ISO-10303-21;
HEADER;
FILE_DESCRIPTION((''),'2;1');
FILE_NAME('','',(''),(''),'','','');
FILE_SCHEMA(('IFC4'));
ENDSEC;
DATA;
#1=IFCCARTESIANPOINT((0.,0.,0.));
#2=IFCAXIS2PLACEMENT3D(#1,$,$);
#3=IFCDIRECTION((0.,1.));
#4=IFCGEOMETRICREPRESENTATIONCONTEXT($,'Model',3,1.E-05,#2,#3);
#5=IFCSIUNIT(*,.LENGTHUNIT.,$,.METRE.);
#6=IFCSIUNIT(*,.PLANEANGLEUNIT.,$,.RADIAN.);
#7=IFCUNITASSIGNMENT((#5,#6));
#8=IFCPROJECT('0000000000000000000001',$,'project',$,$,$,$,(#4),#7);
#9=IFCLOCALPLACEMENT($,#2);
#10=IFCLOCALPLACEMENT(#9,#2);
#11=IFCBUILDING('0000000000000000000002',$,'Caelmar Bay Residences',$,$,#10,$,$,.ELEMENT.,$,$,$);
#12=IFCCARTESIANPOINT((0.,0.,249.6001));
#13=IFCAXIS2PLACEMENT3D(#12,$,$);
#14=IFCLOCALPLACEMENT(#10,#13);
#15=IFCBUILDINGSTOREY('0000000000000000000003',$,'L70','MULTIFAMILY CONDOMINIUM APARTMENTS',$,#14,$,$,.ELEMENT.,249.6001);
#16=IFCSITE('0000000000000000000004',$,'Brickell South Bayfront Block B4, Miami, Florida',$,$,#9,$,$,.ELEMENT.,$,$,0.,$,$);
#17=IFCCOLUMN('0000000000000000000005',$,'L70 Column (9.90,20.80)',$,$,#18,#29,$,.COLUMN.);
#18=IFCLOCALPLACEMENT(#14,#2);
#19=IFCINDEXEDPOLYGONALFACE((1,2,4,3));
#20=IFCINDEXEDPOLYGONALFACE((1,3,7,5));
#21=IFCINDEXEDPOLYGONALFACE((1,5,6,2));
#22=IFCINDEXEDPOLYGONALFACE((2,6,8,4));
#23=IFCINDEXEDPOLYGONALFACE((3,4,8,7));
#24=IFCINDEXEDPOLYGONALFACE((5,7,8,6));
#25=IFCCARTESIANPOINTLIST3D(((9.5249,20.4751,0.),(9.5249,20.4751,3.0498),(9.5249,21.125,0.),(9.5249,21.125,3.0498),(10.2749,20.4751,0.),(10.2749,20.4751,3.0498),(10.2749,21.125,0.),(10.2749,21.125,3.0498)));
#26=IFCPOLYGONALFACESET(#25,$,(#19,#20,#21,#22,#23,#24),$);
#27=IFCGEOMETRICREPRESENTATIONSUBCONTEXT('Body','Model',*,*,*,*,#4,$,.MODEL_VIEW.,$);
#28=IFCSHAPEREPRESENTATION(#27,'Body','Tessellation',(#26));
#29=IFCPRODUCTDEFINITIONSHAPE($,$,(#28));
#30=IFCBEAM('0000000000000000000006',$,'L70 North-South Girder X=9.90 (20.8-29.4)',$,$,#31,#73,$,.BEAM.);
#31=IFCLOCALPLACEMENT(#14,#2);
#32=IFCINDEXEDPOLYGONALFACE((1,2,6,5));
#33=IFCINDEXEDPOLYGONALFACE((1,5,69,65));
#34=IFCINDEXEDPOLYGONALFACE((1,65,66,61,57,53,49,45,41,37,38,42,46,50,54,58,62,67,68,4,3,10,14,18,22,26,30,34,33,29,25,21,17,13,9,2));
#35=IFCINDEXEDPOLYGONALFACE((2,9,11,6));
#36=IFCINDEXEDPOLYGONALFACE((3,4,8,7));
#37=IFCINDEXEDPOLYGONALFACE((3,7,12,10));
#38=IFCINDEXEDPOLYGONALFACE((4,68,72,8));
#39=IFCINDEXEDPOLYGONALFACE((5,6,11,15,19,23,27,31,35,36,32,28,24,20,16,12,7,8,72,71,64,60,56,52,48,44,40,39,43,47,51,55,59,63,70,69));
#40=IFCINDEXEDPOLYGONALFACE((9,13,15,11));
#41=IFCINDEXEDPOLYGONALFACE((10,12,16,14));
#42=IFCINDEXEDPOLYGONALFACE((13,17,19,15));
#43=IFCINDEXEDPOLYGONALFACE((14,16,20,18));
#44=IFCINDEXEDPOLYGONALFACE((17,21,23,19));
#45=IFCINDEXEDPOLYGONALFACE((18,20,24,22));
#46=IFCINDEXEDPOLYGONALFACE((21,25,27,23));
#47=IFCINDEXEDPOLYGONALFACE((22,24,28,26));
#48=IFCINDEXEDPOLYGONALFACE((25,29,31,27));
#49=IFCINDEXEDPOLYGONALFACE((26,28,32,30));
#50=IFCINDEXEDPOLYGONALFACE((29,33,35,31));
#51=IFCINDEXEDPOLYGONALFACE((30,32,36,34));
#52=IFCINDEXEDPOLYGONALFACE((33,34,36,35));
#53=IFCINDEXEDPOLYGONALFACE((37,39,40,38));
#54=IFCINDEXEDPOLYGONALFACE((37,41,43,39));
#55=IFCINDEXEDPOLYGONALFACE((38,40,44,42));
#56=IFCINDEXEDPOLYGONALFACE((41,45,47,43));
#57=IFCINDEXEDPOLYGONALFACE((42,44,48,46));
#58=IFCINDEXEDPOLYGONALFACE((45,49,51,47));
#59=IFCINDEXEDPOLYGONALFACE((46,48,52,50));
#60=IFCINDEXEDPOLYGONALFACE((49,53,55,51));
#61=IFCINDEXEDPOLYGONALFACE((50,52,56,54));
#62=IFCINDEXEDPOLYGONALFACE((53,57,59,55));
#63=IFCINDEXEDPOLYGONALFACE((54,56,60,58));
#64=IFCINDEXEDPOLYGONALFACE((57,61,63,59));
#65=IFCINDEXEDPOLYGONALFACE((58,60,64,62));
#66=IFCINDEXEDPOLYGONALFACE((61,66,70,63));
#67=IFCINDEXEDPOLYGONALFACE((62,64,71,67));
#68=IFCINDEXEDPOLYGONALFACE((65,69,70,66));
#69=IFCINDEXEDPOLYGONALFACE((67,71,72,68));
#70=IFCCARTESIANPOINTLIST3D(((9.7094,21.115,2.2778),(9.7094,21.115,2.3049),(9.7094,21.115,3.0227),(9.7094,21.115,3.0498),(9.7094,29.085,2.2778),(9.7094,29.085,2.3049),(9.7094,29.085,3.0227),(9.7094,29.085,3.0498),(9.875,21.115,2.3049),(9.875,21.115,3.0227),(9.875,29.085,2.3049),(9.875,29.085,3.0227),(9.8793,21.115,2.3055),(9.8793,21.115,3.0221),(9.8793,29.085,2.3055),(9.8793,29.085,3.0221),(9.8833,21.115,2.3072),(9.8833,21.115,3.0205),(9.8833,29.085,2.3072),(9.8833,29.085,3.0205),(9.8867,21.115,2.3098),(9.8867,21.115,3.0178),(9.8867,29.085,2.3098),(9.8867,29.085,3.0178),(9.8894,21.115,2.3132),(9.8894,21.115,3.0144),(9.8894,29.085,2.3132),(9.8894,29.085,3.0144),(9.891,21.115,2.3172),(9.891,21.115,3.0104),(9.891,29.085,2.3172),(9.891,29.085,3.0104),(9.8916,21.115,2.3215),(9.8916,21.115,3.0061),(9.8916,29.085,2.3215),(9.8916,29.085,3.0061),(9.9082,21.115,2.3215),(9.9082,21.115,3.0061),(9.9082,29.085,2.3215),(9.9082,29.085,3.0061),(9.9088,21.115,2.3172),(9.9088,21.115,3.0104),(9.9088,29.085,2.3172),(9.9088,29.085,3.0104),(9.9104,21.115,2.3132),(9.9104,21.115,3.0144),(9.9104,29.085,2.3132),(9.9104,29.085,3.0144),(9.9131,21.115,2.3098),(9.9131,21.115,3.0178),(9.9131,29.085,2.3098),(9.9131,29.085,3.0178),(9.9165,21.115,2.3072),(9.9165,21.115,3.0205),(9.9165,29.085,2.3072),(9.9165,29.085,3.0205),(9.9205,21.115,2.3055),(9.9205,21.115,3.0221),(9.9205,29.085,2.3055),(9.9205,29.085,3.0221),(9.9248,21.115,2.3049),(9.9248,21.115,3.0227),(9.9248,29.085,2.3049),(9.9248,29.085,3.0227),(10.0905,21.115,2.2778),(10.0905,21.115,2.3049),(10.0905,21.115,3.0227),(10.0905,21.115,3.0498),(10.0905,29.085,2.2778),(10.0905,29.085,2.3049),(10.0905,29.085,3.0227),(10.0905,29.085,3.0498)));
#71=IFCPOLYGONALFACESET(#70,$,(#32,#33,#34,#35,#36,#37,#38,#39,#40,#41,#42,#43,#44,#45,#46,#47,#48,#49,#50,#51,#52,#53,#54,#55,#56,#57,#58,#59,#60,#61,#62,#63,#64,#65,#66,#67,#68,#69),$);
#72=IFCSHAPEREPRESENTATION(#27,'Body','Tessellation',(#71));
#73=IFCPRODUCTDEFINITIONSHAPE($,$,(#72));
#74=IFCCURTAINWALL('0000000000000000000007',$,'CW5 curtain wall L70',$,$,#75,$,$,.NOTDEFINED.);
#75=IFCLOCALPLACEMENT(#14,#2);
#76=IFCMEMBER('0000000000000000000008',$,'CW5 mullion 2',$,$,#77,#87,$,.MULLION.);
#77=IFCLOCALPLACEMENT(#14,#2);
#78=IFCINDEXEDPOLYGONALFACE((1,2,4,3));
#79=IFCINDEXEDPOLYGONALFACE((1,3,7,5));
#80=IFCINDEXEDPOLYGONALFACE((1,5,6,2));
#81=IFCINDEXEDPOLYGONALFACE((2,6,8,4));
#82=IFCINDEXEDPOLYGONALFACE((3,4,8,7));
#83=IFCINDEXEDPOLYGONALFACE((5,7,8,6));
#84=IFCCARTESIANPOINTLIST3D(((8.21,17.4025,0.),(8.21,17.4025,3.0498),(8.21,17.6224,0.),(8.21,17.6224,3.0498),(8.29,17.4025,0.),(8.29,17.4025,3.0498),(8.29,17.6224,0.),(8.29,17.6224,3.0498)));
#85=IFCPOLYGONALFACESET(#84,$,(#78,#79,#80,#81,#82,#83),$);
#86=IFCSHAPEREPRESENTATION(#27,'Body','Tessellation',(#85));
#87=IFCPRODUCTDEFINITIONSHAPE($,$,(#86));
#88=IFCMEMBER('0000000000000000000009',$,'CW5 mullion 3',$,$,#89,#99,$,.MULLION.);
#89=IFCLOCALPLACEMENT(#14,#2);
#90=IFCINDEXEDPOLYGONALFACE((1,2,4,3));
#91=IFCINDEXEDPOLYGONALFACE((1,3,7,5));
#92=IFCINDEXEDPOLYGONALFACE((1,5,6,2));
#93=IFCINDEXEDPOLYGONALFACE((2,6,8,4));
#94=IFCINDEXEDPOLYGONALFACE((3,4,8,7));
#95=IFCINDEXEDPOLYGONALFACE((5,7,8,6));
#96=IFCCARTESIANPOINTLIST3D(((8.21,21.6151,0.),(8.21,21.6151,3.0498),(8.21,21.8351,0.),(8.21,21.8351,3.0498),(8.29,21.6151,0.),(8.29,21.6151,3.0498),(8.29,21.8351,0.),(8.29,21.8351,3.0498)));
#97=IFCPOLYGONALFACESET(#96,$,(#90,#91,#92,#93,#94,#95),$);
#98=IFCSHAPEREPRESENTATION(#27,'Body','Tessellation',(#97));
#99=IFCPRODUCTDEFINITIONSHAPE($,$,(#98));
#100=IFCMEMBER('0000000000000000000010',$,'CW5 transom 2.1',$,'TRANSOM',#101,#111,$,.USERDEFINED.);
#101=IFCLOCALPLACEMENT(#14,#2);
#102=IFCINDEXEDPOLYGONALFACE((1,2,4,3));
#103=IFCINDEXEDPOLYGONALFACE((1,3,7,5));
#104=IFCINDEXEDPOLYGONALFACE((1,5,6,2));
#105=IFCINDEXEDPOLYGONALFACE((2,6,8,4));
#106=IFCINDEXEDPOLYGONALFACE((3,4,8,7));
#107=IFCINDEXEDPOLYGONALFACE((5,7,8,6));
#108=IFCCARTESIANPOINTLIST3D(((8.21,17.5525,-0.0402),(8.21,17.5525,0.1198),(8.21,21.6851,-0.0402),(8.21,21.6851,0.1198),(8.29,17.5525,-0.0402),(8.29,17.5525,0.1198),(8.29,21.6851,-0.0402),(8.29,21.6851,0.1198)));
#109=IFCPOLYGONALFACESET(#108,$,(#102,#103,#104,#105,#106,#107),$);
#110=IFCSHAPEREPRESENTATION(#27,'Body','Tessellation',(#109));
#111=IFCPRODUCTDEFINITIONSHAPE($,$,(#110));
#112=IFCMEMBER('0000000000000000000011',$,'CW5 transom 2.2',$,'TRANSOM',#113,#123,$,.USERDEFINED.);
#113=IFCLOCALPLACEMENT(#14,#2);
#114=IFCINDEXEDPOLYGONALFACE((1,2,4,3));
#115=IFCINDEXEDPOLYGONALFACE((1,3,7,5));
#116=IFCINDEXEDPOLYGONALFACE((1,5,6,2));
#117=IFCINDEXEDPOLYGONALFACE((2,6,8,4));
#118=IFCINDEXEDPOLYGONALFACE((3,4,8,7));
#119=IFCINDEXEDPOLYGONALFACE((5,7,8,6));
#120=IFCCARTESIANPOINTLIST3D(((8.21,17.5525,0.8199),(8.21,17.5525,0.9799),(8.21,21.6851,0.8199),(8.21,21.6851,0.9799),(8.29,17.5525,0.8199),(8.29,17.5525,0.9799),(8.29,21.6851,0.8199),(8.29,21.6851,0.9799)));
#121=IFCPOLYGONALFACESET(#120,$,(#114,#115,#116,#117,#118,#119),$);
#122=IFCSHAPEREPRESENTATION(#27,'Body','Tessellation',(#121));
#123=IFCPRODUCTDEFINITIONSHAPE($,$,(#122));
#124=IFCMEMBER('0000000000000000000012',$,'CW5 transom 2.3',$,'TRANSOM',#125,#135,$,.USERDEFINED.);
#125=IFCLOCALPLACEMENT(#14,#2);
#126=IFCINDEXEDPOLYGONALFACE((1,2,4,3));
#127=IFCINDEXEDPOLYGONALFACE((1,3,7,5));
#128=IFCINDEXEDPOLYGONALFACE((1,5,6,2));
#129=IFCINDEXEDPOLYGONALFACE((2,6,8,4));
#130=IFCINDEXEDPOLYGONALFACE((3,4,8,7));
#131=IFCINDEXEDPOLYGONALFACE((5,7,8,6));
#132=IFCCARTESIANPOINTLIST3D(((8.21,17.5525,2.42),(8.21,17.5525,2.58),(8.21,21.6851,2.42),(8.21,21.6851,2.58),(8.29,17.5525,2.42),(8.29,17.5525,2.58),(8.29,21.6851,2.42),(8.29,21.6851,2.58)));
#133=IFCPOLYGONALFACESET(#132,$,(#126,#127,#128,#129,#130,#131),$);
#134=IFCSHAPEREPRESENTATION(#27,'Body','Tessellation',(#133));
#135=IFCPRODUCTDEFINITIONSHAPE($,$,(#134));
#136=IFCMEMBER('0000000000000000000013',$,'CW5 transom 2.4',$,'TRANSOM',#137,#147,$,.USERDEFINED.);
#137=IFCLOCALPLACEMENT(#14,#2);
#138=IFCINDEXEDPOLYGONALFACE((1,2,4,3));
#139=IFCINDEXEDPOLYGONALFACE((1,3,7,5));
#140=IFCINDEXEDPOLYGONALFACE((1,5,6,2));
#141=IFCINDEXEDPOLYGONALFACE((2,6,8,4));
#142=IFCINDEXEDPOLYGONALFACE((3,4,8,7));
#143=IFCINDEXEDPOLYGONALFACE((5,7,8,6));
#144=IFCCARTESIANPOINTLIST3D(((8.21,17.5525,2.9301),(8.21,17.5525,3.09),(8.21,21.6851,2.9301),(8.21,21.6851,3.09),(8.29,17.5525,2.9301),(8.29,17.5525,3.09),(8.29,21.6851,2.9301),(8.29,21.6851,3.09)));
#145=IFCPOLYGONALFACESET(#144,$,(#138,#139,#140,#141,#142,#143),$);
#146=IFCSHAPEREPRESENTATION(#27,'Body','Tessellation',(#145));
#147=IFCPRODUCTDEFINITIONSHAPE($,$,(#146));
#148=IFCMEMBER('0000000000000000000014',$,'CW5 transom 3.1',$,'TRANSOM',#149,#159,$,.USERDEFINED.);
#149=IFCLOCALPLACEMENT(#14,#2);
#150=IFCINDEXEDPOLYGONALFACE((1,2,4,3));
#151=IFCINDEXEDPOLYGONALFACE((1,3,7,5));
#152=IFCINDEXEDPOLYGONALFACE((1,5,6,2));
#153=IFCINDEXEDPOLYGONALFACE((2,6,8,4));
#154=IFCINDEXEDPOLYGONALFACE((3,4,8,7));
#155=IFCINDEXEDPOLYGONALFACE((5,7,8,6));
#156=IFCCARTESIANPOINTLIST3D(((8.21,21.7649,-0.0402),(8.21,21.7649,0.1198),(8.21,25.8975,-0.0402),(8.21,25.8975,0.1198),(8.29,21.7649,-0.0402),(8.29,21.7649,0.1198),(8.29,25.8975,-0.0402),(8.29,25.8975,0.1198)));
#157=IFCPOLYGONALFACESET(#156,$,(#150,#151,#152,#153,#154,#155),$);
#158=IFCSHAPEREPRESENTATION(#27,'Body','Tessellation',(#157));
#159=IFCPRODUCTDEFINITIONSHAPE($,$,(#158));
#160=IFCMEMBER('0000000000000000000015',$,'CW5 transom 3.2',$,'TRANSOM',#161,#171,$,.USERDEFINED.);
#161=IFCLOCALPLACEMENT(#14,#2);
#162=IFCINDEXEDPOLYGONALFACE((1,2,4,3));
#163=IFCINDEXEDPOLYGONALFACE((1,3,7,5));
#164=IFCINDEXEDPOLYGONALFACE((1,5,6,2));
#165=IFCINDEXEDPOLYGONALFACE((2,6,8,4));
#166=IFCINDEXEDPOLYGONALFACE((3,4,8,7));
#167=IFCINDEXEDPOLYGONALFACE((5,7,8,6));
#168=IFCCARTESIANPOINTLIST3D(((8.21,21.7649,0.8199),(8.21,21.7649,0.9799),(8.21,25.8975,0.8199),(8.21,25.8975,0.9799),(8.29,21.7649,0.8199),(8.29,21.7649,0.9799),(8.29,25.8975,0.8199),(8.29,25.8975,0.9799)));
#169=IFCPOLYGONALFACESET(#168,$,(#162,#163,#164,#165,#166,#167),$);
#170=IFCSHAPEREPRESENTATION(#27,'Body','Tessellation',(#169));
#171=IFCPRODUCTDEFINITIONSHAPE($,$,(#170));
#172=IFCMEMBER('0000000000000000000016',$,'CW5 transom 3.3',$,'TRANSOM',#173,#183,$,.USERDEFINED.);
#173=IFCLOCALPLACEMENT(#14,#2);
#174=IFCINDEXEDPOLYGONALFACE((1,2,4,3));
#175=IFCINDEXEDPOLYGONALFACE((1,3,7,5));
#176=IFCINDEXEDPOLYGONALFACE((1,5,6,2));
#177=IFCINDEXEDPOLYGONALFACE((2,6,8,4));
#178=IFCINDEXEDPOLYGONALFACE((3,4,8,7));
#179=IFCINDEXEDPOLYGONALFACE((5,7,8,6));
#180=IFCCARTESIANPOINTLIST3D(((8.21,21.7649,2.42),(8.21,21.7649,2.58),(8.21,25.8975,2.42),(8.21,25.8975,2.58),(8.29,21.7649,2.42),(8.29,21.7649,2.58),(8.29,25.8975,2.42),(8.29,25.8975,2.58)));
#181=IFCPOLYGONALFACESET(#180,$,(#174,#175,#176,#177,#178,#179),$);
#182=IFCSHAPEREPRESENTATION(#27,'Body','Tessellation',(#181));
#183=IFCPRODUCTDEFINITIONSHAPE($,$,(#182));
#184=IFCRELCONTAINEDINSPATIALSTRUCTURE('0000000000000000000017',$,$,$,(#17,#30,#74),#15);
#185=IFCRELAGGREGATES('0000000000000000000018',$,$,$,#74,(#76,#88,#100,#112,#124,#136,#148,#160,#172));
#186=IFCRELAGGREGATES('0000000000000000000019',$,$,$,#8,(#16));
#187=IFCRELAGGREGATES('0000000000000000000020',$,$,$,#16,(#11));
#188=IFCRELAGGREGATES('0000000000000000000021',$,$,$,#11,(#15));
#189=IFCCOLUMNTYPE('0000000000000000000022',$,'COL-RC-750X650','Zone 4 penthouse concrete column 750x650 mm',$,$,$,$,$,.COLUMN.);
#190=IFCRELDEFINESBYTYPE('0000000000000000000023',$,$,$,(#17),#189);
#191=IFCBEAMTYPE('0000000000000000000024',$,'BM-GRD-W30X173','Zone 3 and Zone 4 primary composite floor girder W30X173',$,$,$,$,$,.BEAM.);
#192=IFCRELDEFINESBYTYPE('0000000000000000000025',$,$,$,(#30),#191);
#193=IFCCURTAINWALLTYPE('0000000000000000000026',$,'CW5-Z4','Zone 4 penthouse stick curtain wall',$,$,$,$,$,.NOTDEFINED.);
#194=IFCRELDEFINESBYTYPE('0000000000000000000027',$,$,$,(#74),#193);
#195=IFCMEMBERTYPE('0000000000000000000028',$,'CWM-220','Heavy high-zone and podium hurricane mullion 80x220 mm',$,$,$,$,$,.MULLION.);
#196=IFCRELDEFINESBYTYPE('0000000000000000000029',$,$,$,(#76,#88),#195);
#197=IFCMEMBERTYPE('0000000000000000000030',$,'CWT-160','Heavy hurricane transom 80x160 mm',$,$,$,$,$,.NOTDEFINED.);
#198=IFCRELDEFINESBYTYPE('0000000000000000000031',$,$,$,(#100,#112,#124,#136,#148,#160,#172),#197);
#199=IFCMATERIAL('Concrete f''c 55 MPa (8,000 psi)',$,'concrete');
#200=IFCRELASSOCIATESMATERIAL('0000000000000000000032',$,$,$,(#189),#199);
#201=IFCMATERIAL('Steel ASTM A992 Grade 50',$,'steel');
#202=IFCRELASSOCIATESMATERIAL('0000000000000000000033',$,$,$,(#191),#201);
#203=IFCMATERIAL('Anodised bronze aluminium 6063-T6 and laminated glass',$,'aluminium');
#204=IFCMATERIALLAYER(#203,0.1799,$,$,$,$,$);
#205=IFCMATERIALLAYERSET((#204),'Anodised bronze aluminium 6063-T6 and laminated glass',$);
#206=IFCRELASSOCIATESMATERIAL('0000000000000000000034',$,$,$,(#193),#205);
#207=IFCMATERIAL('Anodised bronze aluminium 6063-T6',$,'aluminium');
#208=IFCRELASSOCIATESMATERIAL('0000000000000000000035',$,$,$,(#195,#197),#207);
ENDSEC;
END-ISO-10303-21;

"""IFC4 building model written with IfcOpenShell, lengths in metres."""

from ifc_helpers import new_model, si_unit, direction, frame, origin, origin_2d, place, context, subcontext, project, spatial, rectangle, i_section, extrude, material, layer, layer_set, material_profile, profile_set, type_object, element, aggregate, save


model = new_model("IFC4")

# Units and contexts
model_context = context("Model", 3, precision=1e-05, world=origin(), true_north=direction((0.0, 1.0)))
body_context = subcontext(model_context, "Body", "Model", "MODEL_VIEW")
ifc_project = project(units=[si_unit("LENGTHUNIT", "METRE"), si_unit("PLANEANGLEUNIT", "RADIAN")], contexts=[model_context])

# Site, building, storey
site_placement = place(None, origin())
site = spatial("IfcSite", under=ifc_project, at=site_placement, Name="Brickell South Bayfront Block B4, Miami, Florida", CompositionType="ELEMENT", RefElevation=0.0)
building_placement = place(site_placement, origin())
building = spatial("IfcBuilding", under=site, at=building_placement, Name="Caelmar Bay Residences", CompositionType="ELEMENT")
storey_placement = place(building_placement, frame((0.0, 0.0, 249.6001)))
storey = spatial("IfcBuildingStorey", under=building, at=storey_placement, Name="L70", Description="MULTIFAMILY CONDOMINIUM APARTMENTS", CompositionType="ELEMENT", Elevation=249.6001)

# Column
ifc_material_1 = material(Name="Concrete f'c 55 MPa (8,000 psi)", Category="concrete")
ifc_material_profile_1 = material_profile(ifc_material_1, rectangle(XDim=0.75, YDim=0.6499, at=origin_2d()), Name="RC-COL-750X650")
ifc_profile_set_1 = profile_set([ifc_material_profile_1], Name="Concrete f'c 55 MPa (8,000 psi)")
column_type = type_object("IfcColumnType", Name="COL-RC-750X650", Description="Zone 4 penthouse concrete column 750x650 mm", PredefinedType="COLUMN", material=ifc_profile_set_1)
column_placement = place(storey_placement, frame((9.8999, 20.8, 0.0), z_axis=(0.0, 0.0, 1.0), x_axis=(1.0, 0.0, 0.0)))
element("IfcColumn", 1, at=column_placement, inside=storey, type_object=column_type, Name="L70 Column (9.90,20.80)", PredefinedType="COLUMN", context=body_context, shape_type="SweptSolid", body=[
    extrude(rectangle(XDim=0.75, YDim=0.6499, at=origin_2d()), origin(), (0.0, 0.0, 1.0), 3.0498),
])

# Beam
ifc_material_2 = material(Name="Steel ASTM A992 Grade 50", Category="steel")
ifc_material_profile_2 = material_profile(ifc_material_2, i_section(OverallWidth=0.3811, OverallDepth=0.772, WebThickness=0.0166, FlangeThickness=0.0271, FilletRadius=0.0166, at=origin_2d()), Name="W30X173")
ifc_profile_set_2 = profile_set([ifc_material_profile_2], Name="Steel ASTM A992 Grade 50")
beam_type = type_object("IfcBeamType", Name="BM-GRD-W30X173", Description="Zone 3 and Zone 4 primary composite floor girder W30X173", PredefinedType="BEAM", material=ifc_profile_set_2)
beam_placement = place(storey_placement, frame((9.8999, 21.115, 2.6638), z_axis=(0.0, 1.0, 0.0), x_axis=(-1.0, 0.0, 0.0)))
element("IfcBeam", 2, at=beam_placement, inside=storey, type_object=beam_type, Name="L70 North-South Girder X=9.90 (20.8-29.4)", PredefinedType="BEAM", context=body_context, shape_type="SweptSolid", body=[
    extrude(i_section(OverallWidth=0.3811, OverallDepth=0.772, WebThickness=0.0166, FlangeThickness=0.0271, FilletRadius=0.0166, at=origin_2d()), origin(), (0.0, 0.0, 1.0), 7.97),
])

# Curtain wall, members
ifc_material_3 = material(Name="Anodised bronze aluminium 6063-T6 and laminated glass", Category="aluminium")
ifc_layer_1 = layer(ifc_material_3, 0.1799)
ifc_layer_set_1 = layer_set([ifc_layer_1], Name="Anodised bronze aluminium 6063-T6 and laminated glass")
curtain_wall_type = type_object("IfcCurtainWallType", Name="CW5-Z4", Description="Zone 4 penthouse stick curtain wall", PredefinedType="NOTDEFINED", material=ifc_layer_set_1)
curtain_wall_placement = place(storey_placement, origin())
curtain_wall = element("IfcCurtainWall", 3, at=curtain_wall_placement, inside=storey, type_object=curtain_wall_type, Name="CW5 curtain wall L70", PredefinedType="NOTDEFINED")
ifc_material_4 = material(Name="Anodised bronze aluminium 6063-T6", Category="aluminium")
ifc_material_profile_3 = material_profile(ifc_material_4, rectangle(XDim=0.0801, YDim=0.22, at=origin_2d()), Name="CWM-80X220")
ifc_profile_set_3 = profile_set([ifc_material_profile_3], Name="Anodised bronze aluminium 6063-T6")
member_type_1 = type_object("IfcMemberType", Name="CWM-220", Description="Heavy high-zone and podium hurricane mullion 80x220 mm", PredefinedType="MULLION", material=ifc_profile_set_3)
member_1_placement = place(storey_placement, frame((8.25, 17.5125, 0.0), z_axis=(0.0, 0.0, 1.0), x_axis=(-1.0, 0.0, 0.0)))
member_1 = element("IfcMember", 4, at=member_1_placement, type_object=member_type_1, Name="CW5 mullion 2", PredefinedType="MULLION", context=body_context, shape_type="SweptSolid", body=[
    extrude(rectangle(XDim=0.0801, YDim=0.22, at=origin_2d()), origin(), (0.0, 0.0, 1.0), 3.0498),
])
member_2_placement = place(storey_placement, frame((8.25, 21.7251, 0.0), z_axis=(0.0, 0.0, 1.0), x_axis=(-1.0, 0.0, 0.0)))
member_2 = element("IfcMember", 5, at=member_2_placement, type_object=member_type_1, Name="CW5 mullion 3", PredefinedType="MULLION", context=body_context, shape_type="SweptSolid", body=[
    extrude(rectangle(XDim=0.0801, YDim=0.22, at=origin_2d()), origin(), (0.0, 0.0, 1.0), 3.0498),
])
ifc_material_profile_4 = material_profile(ifc_material_4, rectangle(XDim=0.0801, YDim=0.1599, at=origin_2d()), Name="CWT-80X160")
ifc_profile_set_4 = profile_set([ifc_material_profile_4], Name="Anodised bronze aluminium 6063-T6")
member_type_2 = type_object("IfcMemberType", Name="CWT-160", Description="Heavy hurricane transom 80x160 mm", PredefinedType="NOTDEFINED", material=ifc_profile_set_4)
member_3_placement = place(storey_placement, frame((8.25, 17.5525, 0.0398), z_axis=(0.0, 1.0, 0.0), x_axis=(-1.0, 0.0, 0.0)))
member_3 = element("IfcMember", 6, at=member_3_placement, type_object=member_type_2, Name="CW5 transom 2.1", ObjectType="TRANSOM", PredefinedType="USERDEFINED", context=body_context, shape_type="SweptSolid", body=[
    extrude(rectangle(XDim=0.0801, YDim=0.1599, at=origin_2d()), origin(), (0.0, 0.0, 1.0), 4.1326),
])
member_4_placement = place(storey_placement, frame((8.25, 17.5525, 0.8999), z_axis=(0.0, 1.0, 0.0), x_axis=(-1.0, 0.0, 0.0)))
member_4 = element("IfcMember", 7, at=member_4_placement, type_object=member_type_2, Name="CW5 transom 2.2", ObjectType="TRANSOM", PredefinedType="USERDEFINED", context=body_context, shape_type="SweptSolid", body=[
    extrude(rectangle(XDim=0.0801, YDim=0.1599, at=origin_2d()), origin(), (0.0, 0.0, 1.0), 4.1326),
])
member_5_placement = place(storey_placement, frame((8.25, 17.5525, 2.5), z_axis=(0.0, 1.0, 0.0), x_axis=(-1.0, 0.0, 0.0)))
member_5 = element("IfcMember", 8, at=member_5_placement, type_object=member_type_2, Name="CW5 transom 2.3", ObjectType="TRANSOM", PredefinedType="USERDEFINED", context=body_context, shape_type="SweptSolid", body=[
    extrude(rectangle(XDim=0.0801, YDim=0.1599, at=origin_2d()), origin(), (0.0, 0.0, 1.0), 4.1326),
])
member_6_placement = place(storey_placement, frame((8.25, 17.5525, 3.01), z_axis=(0.0, 1.0, 0.0), x_axis=(-1.0, 0.0, 0.0)))
member_6 = element("IfcMember", 9, at=member_6_placement, type_object=member_type_2, Name="CW5 transom 2.4", ObjectType="TRANSOM", PredefinedType="USERDEFINED", context=body_context, shape_type="SweptSolid", body=[
    extrude(rectangle(XDim=0.0801, YDim=0.1599, at=origin_2d()), origin(), (0.0, 0.0, 1.0), 4.1326),
])
member_7_placement = place(storey_placement, frame((8.25, 21.7649, 0.0398), z_axis=(0.0, 1.0, 0.0), x_axis=(-1.0, 0.0, 0.0)))
member_7 = element("IfcMember", 10, at=member_7_placement, type_object=member_type_2, Name="CW5 transom 3.1", ObjectType="TRANSOM", PredefinedType="USERDEFINED", context=body_context, shape_type="SweptSolid", body=[
    extrude(rectangle(XDim=0.0801, YDim=0.1599, at=origin_2d()), origin(), (0.0, 0.0, 1.0), 4.1326),
])
member_8_placement = place(storey_placement, frame((8.25, 21.7649, 0.8999), z_axis=(0.0, 1.0, 0.0), x_axis=(-1.0, 0.0, 0.0)))
member_8 = element("IfcMember", 11, at=member_8_placement, type_object=member_type_2, Name="CW5 transom 3.2", ObjectType="TRANSOM", PredefinedType="USERDEFINED", context=body_context, shape_type="SweptSolid", body=[
    extrude(rectangle(XDim=0.0801, YDim=0.1599, at=origin_2d()), origin(), (0.0, 0.0, 1.0), 4.1326),
])
member_9_placement = place(storey_placement, frame((8.25, 21.7649, 2.5), z_axis=(0.0, 1.0, 0.0), x_axis=(-1.0, 0.0, 0.0)))
member_9 = element("IfcMember", 12, at=member_9_placement, type_object=member_type_2, Name="CW5 transom 3.3", ObjectType="TRANSOM", PredefinedType="USERDEFINED", context=body_context, shape_type="SweptSolid", body=[
    extrude(rectangle(XDim=0.0801, YDim=0.1599, at=origin_2d()), origin(), (0.0, 0.0, 1.0), 4.1326),
])
aggregate(curtain_wall, [member_1, member_2, member_3, member_4, member_5, member_6, member_7, member_8, member_9])

save(model, "model.ifc")
